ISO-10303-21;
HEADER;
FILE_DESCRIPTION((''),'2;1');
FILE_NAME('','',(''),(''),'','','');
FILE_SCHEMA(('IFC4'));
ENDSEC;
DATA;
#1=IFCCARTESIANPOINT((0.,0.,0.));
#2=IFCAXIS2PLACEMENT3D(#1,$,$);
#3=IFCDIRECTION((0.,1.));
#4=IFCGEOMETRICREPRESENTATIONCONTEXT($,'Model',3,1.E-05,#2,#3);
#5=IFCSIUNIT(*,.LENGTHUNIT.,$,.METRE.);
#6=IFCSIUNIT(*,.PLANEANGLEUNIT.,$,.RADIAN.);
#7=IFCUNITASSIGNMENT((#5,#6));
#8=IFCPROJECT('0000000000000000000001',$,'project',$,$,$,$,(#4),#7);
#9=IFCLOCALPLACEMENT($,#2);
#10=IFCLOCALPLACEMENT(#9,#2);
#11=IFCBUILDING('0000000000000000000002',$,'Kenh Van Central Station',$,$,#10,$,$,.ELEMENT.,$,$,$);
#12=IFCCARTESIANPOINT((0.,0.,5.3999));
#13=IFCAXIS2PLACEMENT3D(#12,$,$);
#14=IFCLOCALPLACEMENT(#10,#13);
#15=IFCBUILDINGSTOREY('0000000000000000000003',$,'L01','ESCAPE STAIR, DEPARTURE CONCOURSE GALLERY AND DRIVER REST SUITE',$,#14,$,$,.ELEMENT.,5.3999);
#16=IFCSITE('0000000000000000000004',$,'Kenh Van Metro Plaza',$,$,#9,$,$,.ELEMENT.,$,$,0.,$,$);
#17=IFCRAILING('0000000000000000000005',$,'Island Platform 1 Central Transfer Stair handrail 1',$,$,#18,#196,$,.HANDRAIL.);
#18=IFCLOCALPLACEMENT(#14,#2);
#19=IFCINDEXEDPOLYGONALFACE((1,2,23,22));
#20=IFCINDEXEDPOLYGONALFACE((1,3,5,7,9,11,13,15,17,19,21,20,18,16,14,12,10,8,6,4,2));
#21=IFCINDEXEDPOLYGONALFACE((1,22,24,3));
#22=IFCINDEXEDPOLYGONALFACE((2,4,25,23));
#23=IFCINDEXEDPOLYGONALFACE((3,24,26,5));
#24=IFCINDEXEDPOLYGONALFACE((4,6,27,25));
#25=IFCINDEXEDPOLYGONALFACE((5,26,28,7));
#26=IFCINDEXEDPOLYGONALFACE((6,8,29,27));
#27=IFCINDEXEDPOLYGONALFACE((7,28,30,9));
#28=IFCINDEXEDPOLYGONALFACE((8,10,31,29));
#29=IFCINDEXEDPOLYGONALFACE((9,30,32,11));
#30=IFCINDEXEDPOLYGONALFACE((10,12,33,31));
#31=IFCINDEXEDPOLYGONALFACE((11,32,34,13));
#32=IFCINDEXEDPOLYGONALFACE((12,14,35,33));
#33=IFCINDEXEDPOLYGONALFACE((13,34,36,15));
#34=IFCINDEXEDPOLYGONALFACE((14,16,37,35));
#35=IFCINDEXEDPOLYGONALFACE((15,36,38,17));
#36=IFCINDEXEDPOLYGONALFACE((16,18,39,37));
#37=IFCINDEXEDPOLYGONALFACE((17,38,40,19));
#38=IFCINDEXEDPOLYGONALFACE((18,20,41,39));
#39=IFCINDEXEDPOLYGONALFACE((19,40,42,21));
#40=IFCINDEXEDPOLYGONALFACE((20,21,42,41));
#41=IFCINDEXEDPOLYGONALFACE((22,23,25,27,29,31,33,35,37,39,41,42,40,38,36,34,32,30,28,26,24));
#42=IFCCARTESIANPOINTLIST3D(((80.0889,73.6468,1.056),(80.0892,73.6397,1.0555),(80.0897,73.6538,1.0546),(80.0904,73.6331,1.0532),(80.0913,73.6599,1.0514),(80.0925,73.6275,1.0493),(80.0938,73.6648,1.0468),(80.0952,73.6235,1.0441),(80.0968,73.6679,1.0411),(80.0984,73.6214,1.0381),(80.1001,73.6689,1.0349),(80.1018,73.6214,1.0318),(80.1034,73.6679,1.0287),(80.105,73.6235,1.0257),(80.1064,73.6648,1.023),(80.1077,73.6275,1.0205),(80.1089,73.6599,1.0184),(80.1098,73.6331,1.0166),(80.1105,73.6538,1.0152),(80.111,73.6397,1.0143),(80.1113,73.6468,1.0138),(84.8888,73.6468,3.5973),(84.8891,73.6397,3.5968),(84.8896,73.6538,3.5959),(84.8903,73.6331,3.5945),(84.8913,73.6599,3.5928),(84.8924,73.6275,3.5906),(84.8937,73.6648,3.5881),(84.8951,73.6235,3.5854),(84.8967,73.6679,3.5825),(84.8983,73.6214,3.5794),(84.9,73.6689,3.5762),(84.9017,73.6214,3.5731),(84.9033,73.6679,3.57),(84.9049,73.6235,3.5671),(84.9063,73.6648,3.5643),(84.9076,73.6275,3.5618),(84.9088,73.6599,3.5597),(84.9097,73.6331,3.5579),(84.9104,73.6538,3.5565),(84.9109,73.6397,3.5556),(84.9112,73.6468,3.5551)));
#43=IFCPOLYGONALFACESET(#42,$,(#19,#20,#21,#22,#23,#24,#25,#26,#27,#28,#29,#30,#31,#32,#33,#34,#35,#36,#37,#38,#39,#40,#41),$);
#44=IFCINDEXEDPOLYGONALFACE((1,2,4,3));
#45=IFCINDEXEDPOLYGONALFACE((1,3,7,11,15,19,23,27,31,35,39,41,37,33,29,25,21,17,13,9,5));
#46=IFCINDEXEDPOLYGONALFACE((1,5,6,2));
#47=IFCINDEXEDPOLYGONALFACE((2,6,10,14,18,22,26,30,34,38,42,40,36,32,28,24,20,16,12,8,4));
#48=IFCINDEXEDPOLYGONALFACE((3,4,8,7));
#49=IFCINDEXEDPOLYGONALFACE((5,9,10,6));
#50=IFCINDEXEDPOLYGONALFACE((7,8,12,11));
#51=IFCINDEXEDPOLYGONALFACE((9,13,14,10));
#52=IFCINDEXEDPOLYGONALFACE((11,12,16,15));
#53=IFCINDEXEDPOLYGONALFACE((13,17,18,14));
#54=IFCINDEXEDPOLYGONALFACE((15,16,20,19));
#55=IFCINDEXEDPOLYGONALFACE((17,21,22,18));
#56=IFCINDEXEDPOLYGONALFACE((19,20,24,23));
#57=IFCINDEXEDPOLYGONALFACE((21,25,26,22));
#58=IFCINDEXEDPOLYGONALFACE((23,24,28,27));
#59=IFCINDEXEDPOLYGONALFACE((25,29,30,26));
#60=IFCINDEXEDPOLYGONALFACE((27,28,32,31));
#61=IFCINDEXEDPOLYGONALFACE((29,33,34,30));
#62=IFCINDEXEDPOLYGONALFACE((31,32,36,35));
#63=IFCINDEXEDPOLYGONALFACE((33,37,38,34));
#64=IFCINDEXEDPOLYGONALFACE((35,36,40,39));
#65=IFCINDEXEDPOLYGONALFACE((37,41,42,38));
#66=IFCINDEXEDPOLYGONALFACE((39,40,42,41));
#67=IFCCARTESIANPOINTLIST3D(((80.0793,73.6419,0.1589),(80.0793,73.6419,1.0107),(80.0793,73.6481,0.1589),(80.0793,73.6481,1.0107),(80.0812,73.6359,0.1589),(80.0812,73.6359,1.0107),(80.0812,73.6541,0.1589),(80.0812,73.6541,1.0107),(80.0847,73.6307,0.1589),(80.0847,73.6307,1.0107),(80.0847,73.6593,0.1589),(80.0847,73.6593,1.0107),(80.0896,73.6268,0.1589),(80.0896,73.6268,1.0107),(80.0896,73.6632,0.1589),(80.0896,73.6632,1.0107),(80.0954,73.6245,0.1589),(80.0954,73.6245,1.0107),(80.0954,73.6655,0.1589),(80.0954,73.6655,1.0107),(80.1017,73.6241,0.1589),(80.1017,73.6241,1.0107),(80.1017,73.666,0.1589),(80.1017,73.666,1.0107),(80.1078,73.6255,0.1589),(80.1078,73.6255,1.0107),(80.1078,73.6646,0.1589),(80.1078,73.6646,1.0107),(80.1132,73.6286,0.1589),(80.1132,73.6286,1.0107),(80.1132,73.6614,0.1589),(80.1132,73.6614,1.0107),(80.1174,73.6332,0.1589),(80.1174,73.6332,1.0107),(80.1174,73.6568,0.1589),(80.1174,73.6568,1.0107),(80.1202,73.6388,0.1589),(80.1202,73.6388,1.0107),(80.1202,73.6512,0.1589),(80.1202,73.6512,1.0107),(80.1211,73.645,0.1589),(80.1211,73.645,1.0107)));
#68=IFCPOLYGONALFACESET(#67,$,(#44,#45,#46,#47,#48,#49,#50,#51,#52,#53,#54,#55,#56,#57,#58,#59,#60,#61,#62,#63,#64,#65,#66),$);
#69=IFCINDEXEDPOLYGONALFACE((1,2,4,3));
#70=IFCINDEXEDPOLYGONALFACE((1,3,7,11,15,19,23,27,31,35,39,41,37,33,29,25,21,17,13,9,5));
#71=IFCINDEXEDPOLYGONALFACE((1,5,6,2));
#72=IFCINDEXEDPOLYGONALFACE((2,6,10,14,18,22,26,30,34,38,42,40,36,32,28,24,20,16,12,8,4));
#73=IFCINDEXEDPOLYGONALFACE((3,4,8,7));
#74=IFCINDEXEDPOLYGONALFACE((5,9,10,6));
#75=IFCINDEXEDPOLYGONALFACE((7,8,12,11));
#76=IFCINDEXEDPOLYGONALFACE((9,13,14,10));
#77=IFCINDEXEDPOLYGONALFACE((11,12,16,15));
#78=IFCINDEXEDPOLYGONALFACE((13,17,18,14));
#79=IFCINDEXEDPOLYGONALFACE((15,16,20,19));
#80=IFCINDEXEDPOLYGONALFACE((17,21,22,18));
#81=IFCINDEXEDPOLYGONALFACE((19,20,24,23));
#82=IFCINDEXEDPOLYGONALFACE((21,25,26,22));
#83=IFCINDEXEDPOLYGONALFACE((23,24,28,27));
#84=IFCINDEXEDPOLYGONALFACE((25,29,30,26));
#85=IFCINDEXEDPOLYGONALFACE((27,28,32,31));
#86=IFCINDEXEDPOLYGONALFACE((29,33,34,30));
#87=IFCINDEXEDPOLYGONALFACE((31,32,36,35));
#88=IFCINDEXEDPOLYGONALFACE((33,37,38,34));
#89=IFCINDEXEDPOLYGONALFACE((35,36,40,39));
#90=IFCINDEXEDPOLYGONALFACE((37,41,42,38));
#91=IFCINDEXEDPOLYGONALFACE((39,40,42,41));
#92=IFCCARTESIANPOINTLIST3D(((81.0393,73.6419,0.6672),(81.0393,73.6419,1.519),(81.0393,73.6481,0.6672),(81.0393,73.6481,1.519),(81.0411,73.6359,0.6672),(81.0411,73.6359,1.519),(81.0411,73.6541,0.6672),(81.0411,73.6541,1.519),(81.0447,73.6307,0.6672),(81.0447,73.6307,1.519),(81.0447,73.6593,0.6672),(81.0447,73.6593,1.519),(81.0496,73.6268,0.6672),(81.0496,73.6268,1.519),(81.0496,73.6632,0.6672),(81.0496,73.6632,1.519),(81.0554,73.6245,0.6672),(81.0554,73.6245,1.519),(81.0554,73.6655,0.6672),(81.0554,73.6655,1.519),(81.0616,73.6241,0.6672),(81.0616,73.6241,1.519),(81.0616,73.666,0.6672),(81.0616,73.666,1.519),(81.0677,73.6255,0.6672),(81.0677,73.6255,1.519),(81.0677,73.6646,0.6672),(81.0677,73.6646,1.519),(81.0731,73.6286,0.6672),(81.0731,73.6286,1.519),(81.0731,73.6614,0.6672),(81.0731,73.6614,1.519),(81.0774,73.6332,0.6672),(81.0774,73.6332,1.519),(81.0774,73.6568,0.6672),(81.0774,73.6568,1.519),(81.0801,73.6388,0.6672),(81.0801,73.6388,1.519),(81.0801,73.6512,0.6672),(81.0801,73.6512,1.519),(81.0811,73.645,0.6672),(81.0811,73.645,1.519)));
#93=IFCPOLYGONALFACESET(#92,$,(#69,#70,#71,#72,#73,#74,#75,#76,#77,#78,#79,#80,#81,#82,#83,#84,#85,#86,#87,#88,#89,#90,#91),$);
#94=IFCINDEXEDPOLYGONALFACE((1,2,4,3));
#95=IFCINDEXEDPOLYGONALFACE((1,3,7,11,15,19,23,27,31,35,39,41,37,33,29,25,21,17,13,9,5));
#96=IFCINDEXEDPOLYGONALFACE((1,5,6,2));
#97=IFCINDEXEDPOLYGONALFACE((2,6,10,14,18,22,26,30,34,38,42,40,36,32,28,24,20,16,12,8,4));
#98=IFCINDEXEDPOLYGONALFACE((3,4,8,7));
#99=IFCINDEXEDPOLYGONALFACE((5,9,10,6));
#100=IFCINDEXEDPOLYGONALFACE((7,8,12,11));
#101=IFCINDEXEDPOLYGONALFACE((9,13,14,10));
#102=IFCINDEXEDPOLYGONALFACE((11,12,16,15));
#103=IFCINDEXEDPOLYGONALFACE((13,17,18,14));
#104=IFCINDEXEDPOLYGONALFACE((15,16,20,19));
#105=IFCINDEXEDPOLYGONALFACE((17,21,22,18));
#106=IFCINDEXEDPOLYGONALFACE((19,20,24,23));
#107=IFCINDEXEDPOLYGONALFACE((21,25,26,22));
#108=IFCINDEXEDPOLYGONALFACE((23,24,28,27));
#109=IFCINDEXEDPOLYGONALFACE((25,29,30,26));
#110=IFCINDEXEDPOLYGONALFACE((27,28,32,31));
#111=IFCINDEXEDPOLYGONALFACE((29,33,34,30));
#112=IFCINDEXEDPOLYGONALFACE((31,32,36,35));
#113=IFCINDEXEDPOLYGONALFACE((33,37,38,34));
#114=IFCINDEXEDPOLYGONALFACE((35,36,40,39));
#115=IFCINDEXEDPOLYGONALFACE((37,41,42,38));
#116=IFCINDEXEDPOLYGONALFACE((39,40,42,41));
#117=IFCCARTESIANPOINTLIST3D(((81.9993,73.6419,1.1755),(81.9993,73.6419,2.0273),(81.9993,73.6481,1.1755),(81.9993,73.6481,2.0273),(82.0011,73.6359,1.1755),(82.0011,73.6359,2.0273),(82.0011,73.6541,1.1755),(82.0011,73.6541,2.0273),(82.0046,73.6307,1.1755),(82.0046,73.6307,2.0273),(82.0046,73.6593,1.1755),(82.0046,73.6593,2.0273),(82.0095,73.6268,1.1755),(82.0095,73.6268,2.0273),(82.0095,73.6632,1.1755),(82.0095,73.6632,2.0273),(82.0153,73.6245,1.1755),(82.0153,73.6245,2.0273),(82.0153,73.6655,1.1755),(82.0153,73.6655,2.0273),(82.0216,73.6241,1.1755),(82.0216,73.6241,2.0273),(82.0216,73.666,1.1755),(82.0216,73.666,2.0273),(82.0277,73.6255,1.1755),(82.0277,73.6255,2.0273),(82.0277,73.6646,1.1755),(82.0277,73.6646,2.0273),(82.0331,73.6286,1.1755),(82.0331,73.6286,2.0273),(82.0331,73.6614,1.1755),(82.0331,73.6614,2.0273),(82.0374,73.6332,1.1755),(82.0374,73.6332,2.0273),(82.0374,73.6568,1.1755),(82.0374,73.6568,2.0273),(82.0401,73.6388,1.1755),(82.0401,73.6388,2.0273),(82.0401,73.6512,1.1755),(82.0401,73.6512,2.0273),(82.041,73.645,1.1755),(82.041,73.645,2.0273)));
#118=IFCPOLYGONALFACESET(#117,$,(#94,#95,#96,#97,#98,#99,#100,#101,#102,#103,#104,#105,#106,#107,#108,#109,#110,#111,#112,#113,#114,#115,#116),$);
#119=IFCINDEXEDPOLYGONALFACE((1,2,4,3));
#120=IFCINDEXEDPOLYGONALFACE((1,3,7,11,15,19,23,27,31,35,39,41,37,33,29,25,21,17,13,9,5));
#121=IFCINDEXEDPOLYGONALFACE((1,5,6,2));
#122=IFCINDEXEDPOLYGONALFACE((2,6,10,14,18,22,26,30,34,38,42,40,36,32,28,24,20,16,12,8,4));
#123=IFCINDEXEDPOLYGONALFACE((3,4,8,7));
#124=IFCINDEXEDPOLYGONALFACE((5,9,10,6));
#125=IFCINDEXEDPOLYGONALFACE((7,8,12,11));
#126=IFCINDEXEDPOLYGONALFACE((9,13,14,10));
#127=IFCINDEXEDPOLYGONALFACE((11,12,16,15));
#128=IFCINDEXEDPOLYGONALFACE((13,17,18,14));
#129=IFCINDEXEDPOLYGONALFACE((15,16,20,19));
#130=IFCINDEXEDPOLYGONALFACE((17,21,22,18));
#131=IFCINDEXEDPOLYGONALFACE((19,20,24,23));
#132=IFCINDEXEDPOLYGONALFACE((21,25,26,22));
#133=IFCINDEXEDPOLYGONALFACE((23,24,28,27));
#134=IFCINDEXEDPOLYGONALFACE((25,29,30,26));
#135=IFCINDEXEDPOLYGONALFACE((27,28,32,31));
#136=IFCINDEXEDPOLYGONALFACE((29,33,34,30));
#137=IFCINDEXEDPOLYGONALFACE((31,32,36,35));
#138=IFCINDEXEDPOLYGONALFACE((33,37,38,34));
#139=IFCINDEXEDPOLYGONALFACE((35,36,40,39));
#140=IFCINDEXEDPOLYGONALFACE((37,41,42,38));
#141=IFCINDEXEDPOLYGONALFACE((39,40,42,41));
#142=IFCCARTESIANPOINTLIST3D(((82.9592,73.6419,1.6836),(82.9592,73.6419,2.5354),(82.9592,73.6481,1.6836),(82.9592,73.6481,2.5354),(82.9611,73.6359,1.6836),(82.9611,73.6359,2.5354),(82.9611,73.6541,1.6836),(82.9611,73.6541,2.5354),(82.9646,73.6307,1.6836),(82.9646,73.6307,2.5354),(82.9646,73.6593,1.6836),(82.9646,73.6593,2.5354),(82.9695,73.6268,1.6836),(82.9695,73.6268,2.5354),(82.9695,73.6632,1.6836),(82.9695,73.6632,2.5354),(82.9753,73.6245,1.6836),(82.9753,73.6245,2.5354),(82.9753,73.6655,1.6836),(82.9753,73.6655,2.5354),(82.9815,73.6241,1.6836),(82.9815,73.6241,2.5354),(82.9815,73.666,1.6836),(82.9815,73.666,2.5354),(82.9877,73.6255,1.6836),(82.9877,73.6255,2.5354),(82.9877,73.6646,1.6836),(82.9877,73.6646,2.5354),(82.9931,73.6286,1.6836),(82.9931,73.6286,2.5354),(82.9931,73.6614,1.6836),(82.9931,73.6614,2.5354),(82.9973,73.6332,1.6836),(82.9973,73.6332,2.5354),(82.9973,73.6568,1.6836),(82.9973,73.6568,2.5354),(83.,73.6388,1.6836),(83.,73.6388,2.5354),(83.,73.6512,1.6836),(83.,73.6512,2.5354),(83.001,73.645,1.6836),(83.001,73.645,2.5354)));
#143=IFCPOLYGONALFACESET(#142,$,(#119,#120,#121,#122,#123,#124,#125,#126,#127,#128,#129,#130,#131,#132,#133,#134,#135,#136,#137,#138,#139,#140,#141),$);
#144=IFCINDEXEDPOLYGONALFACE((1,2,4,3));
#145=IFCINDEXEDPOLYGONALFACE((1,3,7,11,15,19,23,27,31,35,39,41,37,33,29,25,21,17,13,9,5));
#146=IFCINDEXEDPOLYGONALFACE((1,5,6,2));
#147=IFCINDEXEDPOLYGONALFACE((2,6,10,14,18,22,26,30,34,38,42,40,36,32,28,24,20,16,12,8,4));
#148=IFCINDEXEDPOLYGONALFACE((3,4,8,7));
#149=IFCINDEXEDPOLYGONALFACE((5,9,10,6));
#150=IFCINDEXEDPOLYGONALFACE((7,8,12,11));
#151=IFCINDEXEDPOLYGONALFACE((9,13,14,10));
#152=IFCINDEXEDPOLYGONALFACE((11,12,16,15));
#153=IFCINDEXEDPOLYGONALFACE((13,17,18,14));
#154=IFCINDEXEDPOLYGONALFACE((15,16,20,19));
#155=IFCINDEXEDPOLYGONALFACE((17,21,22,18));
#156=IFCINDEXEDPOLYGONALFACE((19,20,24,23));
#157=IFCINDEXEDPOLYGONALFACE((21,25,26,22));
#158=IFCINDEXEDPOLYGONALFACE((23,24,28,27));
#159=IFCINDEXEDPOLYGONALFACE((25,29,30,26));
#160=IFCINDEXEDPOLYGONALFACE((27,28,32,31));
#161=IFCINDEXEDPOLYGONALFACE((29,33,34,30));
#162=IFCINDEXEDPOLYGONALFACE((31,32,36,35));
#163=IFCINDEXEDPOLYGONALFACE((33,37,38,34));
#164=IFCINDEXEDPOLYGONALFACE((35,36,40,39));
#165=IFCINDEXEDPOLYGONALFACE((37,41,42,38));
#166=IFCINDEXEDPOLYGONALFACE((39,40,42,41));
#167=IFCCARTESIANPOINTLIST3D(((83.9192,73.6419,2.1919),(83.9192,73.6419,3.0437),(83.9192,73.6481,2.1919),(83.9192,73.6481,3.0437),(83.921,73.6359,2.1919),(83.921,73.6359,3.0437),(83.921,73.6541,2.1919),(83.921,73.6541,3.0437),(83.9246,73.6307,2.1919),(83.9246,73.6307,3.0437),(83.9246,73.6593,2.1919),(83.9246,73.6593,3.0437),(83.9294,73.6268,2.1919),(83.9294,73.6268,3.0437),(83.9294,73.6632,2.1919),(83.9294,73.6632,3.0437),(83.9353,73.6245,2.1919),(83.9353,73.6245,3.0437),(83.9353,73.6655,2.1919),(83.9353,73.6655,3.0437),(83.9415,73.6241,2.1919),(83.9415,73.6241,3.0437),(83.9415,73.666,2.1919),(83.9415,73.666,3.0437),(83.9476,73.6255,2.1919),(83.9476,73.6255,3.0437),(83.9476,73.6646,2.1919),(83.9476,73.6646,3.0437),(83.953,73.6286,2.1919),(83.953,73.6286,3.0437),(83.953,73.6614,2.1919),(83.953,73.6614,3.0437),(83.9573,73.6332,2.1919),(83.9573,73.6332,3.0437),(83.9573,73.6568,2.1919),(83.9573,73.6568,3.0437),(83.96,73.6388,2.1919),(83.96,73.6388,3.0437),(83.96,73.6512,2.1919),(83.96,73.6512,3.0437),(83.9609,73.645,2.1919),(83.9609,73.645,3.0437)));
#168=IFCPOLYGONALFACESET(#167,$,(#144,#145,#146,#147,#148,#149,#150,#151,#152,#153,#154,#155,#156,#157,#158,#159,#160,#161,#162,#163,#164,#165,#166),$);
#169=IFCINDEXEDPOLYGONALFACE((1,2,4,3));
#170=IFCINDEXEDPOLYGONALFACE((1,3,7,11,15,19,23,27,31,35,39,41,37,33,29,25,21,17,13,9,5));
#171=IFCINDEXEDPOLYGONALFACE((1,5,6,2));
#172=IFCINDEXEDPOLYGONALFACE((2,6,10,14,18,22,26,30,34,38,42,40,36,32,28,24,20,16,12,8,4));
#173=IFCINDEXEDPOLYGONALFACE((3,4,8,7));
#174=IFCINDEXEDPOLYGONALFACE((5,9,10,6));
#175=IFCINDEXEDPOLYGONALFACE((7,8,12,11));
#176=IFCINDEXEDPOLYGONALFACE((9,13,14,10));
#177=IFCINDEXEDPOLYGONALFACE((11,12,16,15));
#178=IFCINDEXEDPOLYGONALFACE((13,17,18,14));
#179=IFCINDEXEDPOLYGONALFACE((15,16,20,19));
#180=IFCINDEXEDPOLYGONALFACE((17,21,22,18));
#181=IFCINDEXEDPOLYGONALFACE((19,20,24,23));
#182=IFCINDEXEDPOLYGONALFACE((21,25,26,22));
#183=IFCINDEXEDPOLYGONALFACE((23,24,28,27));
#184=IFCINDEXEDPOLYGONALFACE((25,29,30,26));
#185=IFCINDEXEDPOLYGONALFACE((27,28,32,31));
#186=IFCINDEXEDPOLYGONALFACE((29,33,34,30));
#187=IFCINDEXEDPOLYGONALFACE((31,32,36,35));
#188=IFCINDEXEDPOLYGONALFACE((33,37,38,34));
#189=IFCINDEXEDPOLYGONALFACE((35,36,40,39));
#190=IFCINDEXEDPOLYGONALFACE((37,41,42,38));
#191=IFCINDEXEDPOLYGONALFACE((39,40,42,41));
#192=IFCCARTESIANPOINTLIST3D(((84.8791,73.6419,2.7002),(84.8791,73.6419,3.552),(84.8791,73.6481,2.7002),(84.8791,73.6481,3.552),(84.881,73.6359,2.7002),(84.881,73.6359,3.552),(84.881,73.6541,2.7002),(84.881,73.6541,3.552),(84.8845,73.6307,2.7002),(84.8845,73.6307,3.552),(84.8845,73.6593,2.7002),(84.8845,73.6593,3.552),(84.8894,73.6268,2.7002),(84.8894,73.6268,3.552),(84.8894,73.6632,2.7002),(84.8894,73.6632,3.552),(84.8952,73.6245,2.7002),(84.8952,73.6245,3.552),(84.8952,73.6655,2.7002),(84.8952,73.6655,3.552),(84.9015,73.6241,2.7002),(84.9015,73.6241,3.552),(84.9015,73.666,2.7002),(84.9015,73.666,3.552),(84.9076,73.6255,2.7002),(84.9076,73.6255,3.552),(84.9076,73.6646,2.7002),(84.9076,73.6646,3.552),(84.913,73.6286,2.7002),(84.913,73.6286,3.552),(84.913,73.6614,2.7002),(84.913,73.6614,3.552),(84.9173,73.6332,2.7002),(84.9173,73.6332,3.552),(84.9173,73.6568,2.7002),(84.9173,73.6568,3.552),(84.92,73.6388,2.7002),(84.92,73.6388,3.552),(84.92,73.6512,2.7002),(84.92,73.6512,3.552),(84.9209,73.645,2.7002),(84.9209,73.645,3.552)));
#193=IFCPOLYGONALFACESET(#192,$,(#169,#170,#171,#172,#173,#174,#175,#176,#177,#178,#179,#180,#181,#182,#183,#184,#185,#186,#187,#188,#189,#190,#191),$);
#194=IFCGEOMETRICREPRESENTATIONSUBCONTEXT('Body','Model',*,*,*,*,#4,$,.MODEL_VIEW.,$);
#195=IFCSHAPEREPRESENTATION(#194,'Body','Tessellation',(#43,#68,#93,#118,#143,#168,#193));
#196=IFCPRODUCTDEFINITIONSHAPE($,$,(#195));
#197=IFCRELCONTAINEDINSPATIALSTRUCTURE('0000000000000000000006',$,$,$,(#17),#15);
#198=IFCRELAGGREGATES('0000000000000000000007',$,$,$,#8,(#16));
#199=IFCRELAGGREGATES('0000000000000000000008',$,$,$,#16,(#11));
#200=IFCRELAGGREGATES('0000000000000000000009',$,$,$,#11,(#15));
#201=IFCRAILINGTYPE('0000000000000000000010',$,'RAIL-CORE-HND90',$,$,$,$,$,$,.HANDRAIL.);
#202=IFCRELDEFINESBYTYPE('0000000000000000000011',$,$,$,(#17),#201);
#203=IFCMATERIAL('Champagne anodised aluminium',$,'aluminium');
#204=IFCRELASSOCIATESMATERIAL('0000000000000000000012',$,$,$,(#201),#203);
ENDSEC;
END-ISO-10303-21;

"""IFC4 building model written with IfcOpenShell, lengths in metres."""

from ifc_helpers import new_model, si_unit, direction, frame, origin, origin_2d, place, context, subcontext, project, spatial, circle, extrude, material, type_object, element, save


model = new_model("IFC4")

# Units and contexts
model_context = context("Model", 3, precision=1e-05, world=origin(), true_north=direction((0.0, 1.0)))
body_context = subcontext(model_context, "Body", "Model", "MODEL_VIEW")
ifc_project = project(units=[si_unit("LENGTHUNIT", "METRE"), si_unit("PLANEANGLEUNIT", "RADIAN")], contexts=[model_context])

# Site, building, storey
site_placement = place(None, origin())
site = spatial("IfcSite", under=ifc_project, at=site_placement, Name="Kenh Van Metro Plaza", CompositionType="ELEMENT", RefElevation=0.0)
building_placement = place(site_placement, origin())
building = spatial("IfcBuilding", under=site, at=building_placement, Name="Kenh Van Central Station", CompositionType="ELEMENT")
storey_placement = place(building_placement, frame((0.0, 0.0, 5.3999)))
storey = spatial("IfcBuildingStorey", under=building, at=storey_placement, Name="L01", Description="ESCAPE STAIR, DEPARTURE CONCOURSE GALLERY AND DRIVER REST SUITE", CompositionType="ELEMENT", Elevation=5.3999)

# Shared definitions
ifc_material_1 = material(Name="Champagne anodised aluminium", Category="aluminium")

# Railing
railing_type_1 = type_object("IfcRailingType", Name="RAIL-CORE-HND90", PredefinedType="HANDRAIL", material=ifc_material_1)
for number, where, name in (
    (1, (80.1001, 73.645, 0.1589), "Island Platform 1 Central Transfer Stair handrail 1"),
):
    element("IfcRailing", number, at=place(storey_placement, frame(where)), inside=storey, type_object=railing_type_1, Name=name, PredefinedType="HANDRAIL", context=body_context, shape_type="SweptSolid", body=[
        extrude(circle(Radius=0.0239, at=origin_2d()), frame((0.0, 0.0, 0.876), z_axis=(0.883774, 0.0, 0.467915), x_axis=(0.0, 1.0, 0.0)), (0.0, 0.0, 1.0), 5.4312),
        extrude(circle(Radius=0.021, at=origin_2d()), origin(), (0.0, 0.0, 1.0), 0.8518),
        extrude(circle(Radius=0.021, at=origin_2d()), frame((0.96, 0.0, 0.5083)), (0.0, 0.0, 1.0), 0.8518),
        extrude(circle(Radius=0.021, at=origin_2d()), frame((1.9199, 0.0, 1.0166)), (0.0, 0.0, 1.0), 0.8518),
        extrude(circle(Radius=0.021, at=origin_2d()), frame((2.8799, 0.0, 1.5247)), (0.0, 0.0, 1.0), 0.8518),
        extrude(circle(Radius=0.021, at=origin_2d()), frame((3.8398, 0.0, 2.033)), (0.0, 0.0, 1.0), 0.8518),
        extrude(circle(Radius=0.021, at=origin_2d()), frame((4.7998, 0.0, 2.5413)), (0.0, 0.0, 1.0), 0.8518),
    ])

save(model, "model.ifc")
